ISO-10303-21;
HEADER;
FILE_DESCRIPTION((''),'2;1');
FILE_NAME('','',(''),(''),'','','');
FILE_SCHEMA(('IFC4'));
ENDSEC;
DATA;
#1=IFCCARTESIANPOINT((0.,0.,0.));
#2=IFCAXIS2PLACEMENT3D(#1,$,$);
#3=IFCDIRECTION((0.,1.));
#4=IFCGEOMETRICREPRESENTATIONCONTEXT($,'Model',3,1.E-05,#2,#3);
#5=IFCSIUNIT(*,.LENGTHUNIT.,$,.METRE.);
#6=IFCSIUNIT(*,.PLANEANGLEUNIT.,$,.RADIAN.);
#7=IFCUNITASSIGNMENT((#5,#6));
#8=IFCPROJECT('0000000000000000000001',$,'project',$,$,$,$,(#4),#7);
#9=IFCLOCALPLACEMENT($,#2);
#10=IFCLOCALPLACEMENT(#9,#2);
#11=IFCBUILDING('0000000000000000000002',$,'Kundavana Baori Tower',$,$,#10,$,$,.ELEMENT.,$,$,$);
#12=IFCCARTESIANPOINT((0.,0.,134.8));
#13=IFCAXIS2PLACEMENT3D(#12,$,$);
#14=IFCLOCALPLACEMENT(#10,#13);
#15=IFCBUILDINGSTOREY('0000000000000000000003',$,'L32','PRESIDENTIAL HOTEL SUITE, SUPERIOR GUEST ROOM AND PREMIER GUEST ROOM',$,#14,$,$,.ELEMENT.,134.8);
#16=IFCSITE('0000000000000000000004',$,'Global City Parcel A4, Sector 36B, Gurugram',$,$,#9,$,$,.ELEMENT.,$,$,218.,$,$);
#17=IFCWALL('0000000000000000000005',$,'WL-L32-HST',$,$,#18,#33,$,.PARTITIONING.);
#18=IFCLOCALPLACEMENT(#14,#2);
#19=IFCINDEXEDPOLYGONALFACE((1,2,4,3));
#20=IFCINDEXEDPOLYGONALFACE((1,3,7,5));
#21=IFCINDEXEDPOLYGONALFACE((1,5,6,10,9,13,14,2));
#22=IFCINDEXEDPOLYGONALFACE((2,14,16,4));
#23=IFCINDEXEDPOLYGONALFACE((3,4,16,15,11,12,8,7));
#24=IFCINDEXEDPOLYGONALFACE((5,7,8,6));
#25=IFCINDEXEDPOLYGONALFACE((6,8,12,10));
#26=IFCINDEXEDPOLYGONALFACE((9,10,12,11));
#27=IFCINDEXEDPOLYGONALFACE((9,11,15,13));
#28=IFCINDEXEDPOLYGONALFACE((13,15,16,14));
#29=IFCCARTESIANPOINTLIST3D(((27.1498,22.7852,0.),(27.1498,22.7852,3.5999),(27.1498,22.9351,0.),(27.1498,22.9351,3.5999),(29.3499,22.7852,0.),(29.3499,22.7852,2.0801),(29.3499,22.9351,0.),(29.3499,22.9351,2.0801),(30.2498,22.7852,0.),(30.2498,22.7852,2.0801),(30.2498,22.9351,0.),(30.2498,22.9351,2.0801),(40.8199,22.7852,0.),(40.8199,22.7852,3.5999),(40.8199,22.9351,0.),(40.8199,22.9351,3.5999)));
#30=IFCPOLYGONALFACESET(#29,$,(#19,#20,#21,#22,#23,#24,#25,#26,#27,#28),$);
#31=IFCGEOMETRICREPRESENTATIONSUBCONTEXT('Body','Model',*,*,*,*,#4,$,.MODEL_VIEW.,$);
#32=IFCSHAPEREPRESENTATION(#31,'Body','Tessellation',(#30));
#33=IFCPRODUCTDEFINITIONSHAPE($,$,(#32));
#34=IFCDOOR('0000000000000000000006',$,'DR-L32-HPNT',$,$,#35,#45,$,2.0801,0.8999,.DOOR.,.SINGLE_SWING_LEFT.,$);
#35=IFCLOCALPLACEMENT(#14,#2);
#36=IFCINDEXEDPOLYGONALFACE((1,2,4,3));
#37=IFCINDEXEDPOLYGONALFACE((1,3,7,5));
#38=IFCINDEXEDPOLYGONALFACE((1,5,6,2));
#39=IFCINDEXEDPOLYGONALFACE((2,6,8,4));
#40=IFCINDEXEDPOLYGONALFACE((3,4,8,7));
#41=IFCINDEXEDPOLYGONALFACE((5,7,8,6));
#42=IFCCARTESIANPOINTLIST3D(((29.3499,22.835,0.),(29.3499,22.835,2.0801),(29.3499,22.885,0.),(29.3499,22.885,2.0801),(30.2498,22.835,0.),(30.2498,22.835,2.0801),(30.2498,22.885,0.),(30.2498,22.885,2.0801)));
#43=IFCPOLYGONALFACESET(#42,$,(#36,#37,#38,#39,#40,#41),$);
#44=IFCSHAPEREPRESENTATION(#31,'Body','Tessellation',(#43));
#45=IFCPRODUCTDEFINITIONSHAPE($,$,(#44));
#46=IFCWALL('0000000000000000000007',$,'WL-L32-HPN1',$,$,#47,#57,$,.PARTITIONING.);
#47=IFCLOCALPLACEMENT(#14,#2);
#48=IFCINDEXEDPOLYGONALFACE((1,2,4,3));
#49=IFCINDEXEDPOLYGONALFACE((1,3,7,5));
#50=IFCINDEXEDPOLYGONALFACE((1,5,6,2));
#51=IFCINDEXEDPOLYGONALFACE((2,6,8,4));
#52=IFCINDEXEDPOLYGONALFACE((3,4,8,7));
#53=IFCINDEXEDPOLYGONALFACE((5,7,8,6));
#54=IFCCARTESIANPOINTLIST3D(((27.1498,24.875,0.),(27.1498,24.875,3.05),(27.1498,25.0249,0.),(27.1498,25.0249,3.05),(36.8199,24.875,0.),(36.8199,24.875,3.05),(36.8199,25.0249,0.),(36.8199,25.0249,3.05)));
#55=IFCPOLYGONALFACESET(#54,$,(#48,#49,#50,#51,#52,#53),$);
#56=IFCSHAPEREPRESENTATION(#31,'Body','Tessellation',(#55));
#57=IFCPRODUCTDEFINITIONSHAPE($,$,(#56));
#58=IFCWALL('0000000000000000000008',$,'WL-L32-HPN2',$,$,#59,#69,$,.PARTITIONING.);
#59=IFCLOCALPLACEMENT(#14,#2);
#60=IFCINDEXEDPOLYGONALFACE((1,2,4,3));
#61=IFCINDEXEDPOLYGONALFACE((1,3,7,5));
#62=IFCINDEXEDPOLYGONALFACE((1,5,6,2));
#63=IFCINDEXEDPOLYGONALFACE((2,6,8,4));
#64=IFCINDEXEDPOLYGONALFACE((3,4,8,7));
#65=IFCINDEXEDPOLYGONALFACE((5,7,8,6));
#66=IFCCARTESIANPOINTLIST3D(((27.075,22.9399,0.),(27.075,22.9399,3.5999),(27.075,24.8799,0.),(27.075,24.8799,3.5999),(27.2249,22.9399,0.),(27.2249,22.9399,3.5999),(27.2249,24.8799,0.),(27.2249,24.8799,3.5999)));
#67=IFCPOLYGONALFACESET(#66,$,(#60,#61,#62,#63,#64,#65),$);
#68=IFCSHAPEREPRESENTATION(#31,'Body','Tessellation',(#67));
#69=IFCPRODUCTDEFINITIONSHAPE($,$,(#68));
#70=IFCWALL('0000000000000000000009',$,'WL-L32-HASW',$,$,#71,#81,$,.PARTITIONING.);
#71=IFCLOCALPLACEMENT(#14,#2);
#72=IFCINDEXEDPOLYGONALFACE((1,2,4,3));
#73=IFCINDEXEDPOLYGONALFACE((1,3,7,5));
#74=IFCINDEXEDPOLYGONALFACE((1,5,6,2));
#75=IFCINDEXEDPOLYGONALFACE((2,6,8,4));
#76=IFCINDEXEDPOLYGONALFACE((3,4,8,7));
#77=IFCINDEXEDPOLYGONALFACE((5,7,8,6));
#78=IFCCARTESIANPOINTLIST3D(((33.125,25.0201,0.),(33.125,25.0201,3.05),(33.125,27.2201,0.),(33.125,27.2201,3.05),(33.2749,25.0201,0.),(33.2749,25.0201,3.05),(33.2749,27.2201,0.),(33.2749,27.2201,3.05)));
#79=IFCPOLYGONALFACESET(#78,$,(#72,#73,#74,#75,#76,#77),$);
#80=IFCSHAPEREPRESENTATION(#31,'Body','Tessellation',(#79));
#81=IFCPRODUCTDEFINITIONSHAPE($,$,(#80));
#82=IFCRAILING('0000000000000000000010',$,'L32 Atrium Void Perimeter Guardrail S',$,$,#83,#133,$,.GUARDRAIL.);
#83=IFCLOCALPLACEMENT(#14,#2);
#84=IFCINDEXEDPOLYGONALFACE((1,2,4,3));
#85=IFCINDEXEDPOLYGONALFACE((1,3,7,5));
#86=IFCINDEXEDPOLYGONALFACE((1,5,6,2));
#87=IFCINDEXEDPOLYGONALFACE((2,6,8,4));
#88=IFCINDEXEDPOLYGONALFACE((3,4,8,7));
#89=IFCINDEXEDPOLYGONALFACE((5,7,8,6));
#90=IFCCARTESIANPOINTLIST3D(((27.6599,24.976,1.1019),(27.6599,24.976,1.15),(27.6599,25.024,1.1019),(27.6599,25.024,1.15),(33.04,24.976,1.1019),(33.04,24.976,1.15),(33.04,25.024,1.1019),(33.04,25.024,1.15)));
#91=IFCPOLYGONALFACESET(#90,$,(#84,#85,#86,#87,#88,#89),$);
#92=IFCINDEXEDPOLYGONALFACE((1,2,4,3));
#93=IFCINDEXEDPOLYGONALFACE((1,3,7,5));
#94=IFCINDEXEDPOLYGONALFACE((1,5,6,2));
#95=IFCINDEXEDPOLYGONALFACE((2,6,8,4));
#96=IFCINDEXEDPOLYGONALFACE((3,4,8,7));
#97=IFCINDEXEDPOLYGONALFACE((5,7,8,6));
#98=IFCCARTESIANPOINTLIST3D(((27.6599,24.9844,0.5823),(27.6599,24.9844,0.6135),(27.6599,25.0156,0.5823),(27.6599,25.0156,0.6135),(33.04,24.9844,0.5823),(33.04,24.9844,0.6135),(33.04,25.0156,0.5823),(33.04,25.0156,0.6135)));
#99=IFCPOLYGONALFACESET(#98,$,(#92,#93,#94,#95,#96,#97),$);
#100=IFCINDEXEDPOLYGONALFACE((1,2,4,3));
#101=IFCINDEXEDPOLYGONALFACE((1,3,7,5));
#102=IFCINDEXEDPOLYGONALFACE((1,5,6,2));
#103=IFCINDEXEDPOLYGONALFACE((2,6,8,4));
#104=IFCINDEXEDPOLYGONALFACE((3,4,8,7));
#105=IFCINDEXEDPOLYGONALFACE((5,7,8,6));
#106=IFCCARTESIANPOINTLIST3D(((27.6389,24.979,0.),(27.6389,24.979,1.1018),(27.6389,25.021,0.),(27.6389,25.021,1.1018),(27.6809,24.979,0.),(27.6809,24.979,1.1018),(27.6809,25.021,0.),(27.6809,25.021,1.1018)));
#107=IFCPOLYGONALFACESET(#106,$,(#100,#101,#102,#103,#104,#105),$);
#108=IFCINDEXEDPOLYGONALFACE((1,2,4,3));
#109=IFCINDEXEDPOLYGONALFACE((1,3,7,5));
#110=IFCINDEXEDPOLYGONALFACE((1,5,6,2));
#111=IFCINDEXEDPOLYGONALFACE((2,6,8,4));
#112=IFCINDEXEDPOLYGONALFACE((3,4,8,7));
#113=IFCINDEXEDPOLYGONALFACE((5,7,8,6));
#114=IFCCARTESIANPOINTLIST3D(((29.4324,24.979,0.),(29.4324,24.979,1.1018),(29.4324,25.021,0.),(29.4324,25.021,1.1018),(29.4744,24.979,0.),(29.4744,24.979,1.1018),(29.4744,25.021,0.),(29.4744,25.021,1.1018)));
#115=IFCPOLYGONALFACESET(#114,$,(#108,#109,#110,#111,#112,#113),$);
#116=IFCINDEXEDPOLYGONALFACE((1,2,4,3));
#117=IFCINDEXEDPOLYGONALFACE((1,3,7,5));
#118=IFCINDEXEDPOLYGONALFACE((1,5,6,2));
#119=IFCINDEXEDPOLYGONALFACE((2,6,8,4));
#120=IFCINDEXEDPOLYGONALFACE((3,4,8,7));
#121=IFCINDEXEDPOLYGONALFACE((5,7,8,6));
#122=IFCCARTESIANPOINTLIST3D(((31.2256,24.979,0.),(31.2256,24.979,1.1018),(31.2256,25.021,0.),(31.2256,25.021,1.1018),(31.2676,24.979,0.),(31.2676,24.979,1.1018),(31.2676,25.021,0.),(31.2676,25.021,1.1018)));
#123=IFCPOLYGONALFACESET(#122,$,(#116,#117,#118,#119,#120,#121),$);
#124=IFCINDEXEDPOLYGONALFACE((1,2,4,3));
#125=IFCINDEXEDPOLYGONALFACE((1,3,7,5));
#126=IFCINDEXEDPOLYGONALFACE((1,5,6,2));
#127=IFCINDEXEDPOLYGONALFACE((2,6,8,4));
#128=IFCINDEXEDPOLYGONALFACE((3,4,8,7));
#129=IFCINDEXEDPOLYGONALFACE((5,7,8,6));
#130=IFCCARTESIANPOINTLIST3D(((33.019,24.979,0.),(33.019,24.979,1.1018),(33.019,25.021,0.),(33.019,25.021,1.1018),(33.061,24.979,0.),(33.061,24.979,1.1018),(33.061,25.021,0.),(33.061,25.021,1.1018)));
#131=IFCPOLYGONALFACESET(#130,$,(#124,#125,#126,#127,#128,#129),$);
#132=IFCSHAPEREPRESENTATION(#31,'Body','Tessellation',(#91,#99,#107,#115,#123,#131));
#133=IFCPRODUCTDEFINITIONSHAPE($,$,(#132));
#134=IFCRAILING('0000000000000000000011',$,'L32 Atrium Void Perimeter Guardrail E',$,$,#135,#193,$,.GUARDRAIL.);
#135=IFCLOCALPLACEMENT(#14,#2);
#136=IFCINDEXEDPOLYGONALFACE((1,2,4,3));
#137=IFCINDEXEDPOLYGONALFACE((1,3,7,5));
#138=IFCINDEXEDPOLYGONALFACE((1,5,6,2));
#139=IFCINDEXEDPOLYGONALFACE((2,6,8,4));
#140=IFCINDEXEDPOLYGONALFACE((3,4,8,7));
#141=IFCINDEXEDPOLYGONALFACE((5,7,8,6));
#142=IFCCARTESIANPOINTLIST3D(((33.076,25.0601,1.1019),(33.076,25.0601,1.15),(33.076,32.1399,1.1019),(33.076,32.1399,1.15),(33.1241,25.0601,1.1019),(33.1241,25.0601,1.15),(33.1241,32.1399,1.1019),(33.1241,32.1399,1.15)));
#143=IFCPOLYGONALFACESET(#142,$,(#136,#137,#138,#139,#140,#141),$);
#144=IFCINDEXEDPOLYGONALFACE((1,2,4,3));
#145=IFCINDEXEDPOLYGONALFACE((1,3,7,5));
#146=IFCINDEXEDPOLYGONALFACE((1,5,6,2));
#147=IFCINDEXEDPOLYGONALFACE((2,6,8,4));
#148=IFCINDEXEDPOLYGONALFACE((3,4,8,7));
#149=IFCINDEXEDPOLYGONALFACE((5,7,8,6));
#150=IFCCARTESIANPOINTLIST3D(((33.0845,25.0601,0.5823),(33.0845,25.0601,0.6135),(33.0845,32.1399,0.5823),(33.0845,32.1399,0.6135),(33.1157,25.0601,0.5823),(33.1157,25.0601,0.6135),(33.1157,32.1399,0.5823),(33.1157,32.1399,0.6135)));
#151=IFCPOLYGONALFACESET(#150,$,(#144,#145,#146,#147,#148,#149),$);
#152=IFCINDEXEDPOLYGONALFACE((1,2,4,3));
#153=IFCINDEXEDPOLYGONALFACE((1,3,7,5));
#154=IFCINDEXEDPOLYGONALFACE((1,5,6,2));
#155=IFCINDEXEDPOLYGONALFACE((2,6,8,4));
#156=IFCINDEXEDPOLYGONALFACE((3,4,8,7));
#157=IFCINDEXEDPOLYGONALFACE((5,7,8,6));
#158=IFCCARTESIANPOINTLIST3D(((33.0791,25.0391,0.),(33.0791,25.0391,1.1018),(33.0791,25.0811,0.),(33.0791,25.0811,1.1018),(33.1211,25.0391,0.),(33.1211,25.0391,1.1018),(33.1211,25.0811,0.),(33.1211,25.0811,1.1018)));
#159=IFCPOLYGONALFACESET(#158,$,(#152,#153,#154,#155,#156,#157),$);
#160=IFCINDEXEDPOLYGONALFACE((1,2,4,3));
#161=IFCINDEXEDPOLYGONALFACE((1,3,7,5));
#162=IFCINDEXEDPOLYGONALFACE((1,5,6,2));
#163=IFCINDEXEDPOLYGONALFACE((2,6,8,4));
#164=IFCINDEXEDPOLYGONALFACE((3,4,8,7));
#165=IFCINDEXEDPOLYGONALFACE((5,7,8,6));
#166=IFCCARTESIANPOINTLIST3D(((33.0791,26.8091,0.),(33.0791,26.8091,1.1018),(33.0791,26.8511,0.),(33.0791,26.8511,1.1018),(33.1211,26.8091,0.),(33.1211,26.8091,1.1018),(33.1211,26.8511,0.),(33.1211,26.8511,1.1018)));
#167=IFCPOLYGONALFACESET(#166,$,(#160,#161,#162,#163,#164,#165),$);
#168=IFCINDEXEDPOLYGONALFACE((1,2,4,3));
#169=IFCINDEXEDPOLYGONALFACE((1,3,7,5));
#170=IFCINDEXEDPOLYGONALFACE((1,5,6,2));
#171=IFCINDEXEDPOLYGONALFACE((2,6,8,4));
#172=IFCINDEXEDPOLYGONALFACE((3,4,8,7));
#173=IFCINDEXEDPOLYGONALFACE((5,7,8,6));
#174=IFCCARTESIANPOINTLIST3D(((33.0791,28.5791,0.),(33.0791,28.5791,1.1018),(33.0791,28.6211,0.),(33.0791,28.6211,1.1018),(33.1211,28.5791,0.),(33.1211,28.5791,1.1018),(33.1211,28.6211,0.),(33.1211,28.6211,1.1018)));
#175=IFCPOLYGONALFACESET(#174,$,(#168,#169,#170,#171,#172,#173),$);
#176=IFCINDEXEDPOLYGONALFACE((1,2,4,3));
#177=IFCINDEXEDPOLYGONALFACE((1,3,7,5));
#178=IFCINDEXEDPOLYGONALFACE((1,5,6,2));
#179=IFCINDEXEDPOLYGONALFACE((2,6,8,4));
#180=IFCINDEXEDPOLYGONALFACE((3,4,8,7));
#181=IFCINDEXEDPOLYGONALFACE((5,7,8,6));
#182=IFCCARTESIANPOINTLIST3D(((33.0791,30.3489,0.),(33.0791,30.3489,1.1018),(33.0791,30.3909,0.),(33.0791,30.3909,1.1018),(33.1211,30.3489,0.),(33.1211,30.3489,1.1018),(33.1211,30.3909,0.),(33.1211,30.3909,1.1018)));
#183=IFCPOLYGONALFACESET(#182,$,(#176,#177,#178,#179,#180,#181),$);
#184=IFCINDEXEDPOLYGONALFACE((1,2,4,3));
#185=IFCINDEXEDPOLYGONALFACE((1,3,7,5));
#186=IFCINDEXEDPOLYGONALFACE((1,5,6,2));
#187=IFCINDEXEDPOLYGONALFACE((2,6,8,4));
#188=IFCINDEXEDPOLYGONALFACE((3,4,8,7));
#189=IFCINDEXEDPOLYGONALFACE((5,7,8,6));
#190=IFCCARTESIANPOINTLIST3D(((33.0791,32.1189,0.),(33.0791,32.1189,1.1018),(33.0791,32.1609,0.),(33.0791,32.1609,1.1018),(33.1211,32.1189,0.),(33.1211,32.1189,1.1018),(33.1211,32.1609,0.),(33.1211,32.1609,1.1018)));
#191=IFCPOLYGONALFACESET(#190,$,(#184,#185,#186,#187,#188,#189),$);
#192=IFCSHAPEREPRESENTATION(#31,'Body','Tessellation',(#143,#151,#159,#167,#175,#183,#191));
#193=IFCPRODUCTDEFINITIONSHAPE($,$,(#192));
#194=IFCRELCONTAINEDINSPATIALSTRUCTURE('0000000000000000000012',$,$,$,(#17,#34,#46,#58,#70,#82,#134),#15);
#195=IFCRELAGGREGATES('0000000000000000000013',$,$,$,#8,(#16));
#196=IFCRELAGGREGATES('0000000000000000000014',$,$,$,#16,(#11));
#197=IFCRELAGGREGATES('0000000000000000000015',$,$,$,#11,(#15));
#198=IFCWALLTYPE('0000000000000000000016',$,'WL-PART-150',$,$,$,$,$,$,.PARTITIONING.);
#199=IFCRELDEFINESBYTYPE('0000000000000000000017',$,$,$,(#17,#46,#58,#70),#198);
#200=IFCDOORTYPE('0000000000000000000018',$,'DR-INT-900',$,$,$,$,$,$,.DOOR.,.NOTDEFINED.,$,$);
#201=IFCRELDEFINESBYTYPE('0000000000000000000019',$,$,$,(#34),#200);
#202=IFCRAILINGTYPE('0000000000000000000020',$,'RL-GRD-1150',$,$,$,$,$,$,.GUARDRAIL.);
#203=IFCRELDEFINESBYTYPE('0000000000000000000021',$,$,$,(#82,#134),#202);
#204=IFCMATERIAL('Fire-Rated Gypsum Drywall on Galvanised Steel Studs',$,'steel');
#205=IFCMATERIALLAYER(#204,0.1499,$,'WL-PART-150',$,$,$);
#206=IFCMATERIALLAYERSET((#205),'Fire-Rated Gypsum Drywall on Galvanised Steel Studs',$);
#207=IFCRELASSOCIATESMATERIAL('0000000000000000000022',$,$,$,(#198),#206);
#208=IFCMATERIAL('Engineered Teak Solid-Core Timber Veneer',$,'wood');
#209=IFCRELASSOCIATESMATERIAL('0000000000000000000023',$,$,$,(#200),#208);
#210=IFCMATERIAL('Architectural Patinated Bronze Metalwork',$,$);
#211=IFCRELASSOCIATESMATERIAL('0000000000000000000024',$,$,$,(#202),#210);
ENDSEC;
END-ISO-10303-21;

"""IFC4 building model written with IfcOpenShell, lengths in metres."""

from ifc_helpers import new_model, si_unit, direction, frame, frame_2d, origin, origin_2d, place, context, subcontext, project, spatial, rectangle, extrude, material, layer, layer_set, type_object, element, fill, save


model = new_model("IFC4")

# Units and contexts
model_context = context("Model", 3, precision=1e-05, world=origin(), true_north=direction((0.0, 1.0)))
body_context = subcontext(model_context, "Body", "Model", "MODEL_VIEW")
ifc_project = project(units=[si_unit("LENGTHUNIT", "METRE"), si_unit("PLANEANGLEUNIT", "RADIAN")], contexts=[model_context])

# Site, building, storey
site_placement = place(None, origin())
site = spatial("IfcSite", under=ifc_project, at=site_placement, Name="Global City Parcel A4, Sector 36B, Gurugram", CompositionType="ELEMENT", RefElevation=218.0)
building_placement = place(site_placement, origin())
building = spatial("IfcBuilding", under=site, at=building_placement, Name="Kundavana Baori Tower", CompositionType="ELEMENT")
storey_placement = place(building_placement, frame((0.0, 0.0, 134.8)))
storey = spatial("IfcBuildingStorey", under=building, at=storey_placement, Name="L32", Description="PRESIDENTIAL HOTEL SUITE, SUPERIOR GUEST ROOM AND PREMIER GUEST ROOM", CompositionType="ELEMENT", Elevation=134.8)

# Shared definitions
ifc_material_1 = material(Name="Fire-Rated Gypsum Drywall on Galvanised Steel Studs", Category="steel")
ifc_layer = layer(ifc_material_1, 0.1499, Name="WL-PART-150")
ifc_layer_set = layer_set([ifc_layer], Name="Fire-Rated Gypsum Drywall on Galvanised Steel Studs")
wall_type = type_object("IfcWallType", Name="WL-PART-150", PredefinedType="PARTITIONING", material=ifc_layer_set)

# Wall, opening, door
wall_1_placement = place(storey_placement, frame((27.1499, 22.8601, 0.0), z_axis=(0.0, 0.0, 1.0), x_axis=(1.0, 0.0, 0.0)))
wall_1 = element("IfcWall", 1, at=wall_1_placement, inside=storey, type_object=wall_type, Name="WL-L32-HST", PredefinedType="PARTITIONING", context=body_context, shape_type="SweptSolid", body=[
    extrude(rectangle(XDim=13.6702, YDim=0.1499, at=frame_2d((6.835, 0.0))), origin(), (0.0, 0.0, 1.0), 3.5999),
])
opening_1_placement = place(wall_1_placement, frame((2.2, 0.0, 0.0)))
opening_1 = element("IfcOpeningElement", 2, at=opening_1_placement, cuts=wall_1, PredefinedType="OPENING", context=body_context, shape_type="SweptSolid", body=[
    extrude(rectangle(XDim=0.8999, YDim=2.0801, at=frame_2d((0.45, 1.04))), frame((0.0, 0.085, 0.0), z_axis=(0.0, -1.0, 0.0), x_axis=(1.0, 0.0, 0.0)), (0.0, 0.0, 1.0), 0.1699),
])
ifc_material_2 = material(Name="Engineered Teak Solid-Core Timber Veneer", Category="wood")
door_type_1 = type_object("IfcDoorType", Name="DR-INT-900", OperationType="NOTDEFINED", PredefinedType="DOOR", material=ifc_material_2)
door_1_placement = place(opening_1_placement, origin())
door_1 = element("IfcDoor", 3, at=door_1_placement, inside=storey, type_object=door_type_1, Name="DR-L32-HPNT", OperationType="SINGLE_SWING_LEFT", OverallHeight=2.0801, OverallWidth=0.8999, PredefinedType="DOOR", context=body_context, shape_type="SweptSolid", body=[
    extrude(rectangle(XDim=0.8999, YDim=2.0801, at=frame_2d((0.45, 1.04))), frame((0.0, 0.0249, 0.0), z_axis=(0.0, -1.0, 0.0), x_axis=(1.0, 0.0, 0.0)), (0.0, 0.0, 1.0), 0.05),
])
fill(opening_1, door_1)

# Walls
wall_2_placement = place(storey_placement, frame((27.1499, 24.95, 0.0), z_axis=(0.0, 0.0, 1.0), x_axis=(1.0, 0.0, 0.0)))
element("IfcWall", 4, at=wall_2_placement, inside=storey, type_object=wall_type, Name="WL-L32-HPN1", PredefinedType="PARTITIONING", context=body_context, shape_type="SweptSolid", body=[
    extrude(rectangle(XDim=9.6702, YDim=0.1499, at=frame_2d((4.835, 0.0))), origin(), (0.0, 0.0, 1.0), 3.05),
])
wall_3_placement = place(storey_placement, frame((27.1499, 22.9399, 0.0), z_axis=(0.0, 0.0, 1.0), x_axis=(0.0, 1.0, 0.0)))
element("IfcWall", 5, at=wall_3_placement, inside=storey, type_object=wall_type, Name="WL-L32-HPN2", PredefinedType="PARTITIONING", context=body_context, shape_type="SweptSolid", body=[
    extrude(rectangle(XDim=1.9399, YDim=0.1499, at=frame_2d((0.97, 0.0))), origin(), (0.0, 0.0, 1.0), 3.5999),
])
wall_4_placement = place(storey_placement, frame((33.2, 25.02, 0.0), z_axis=(0.0, 0.0, 1.0), x_axis=(0.0, 1.0, 0.0)))
element("IfcWall", 6, at=wall_4_placement, inside=storey, type_object=wall_type, Name="WL-L32-HASW", PredefinedType="PARTITIONING", context=body_context, shape_type="SweptSolid", body=[
    extrude(rectangle(XDim=2.2, YDim=0.1499, at=frame_2d((1.1001, 0.0))), origin(), (0.0, 0.0, 1.0), 3.05),
])

# Railings
ifc_material_3 = material(Name="Architectural Patinated Bronze Metalwork")
railing_type = type_object("IfcRailingType", Name="RL-GRD-1150", PredefinedType="GUARDRAIL", material=ifc_material_3)
railing_1_placement = place(storey_placement, frame((27.6599, 25.0, 0.0)))
element("IfcRailing", 7, at=railing_1_placement, inside=storey, type_object=railing_type, Name="L32 Atrium Void Perimeter Guardrail S", PredefinedType="GUARDRAIL", context=body_context, shape_type="SweptSolid", body=[
    extrude(rectangle(XDim=0.0481, YDim=0.0481, at=origin_2d()), frame((0.0, 0.0, 1.126), z_axis=(1.0, 0.0, 0.0), x_axis=(0.0, 1.0, 0.0)), (0.0, 0.0, 1.0), 5.3801),
    extrude(rectangle(XDim=0.0312, YDim=0.0312, at=origin_2d()), frame((0.0, 0.0, 0.5979), z_axis=(1.0, 0.0, 0.0), x_axis=(0.0, 1.0, 0.0)), (0.0, 0.0, 1.0), 5.3801),
    extrude(rectangle(XDim=0.042, YDim=0.042, at=origin_2d()), origin(), (0.0, 0.0, 1.0), 1.1018),
    extrude(rectangle(XDim=0.042, YDim=0.042, at=origin_2d()), frame((1.7935, 0.0, 0.0)), (0.0, 0.0, 1.0), 1.1018),
    extrude(rectangle(XDim=0.042, YDim=0.042, at=origin_2d()), frame((3.5867, 0.0, 0.0)), (0.0, 0.0, 1.0), 1.1018),
    extrude(rectangle(XDim=0.042, YDim=0.042, at=origin_2d()), frame((5.3801, 0.0, 0.0)), (0.0, 0.0, 1.0), 1.1018),
])
railing_2_placement = place(storey_placement, frame((33.1001, 25.0601, 0.0)))
element("IfcRailing", 8, at=railing_2_placement, inside=storey, type_object=railing_type, Name="L32 Atrium Void Perimeter Guardrail E", PredefinedType="GUARDRAIL", context=body_context, shape_type="SweptSolid", body=[
    extrude(rectangle(XDim=0.0481, YDim=0.0481, at=origin_2d()), frame((0.0, 0.0, 1.126), z_axis=(0.0, 1.0, 0.0), x_axis=(-1.0, 0.0, 0.0)), (0.0, 0.0, 1.0), 7.0798),
    extrude(rectangle(XDim=0.0312, YDim=0.0312, at=origin_2d()), frame((0.0, 0.0, 0.5979), z_axis=(0.0, 1.0, 0.0), x_axis=(-1.0, 0.0, 0.0)), (0.0, 0.0, 1.0), 7.0798),
    extrude(rectangle(XDim=0.042, YDim=0.042, at=origin_2d()), origin(), (0.0, 0.0, 1.0), 1.1018),
    extrude(rectangle(XDim=0.042, YDim=0.042, at=origin_2d()), frame((0.0, 1.77, 0.0)), (0.0, 0.0, 1.0), 1.1018),
    extrude(rectangle(XDim=0.042, YDim=0.042, at=origin_2d()), frame((0.0, 3.54, 0.0)), (0.0, 0.0, 1.0), 1.1018),
    extrude(rectangle(XDim=0.042, YDim=0.042, at=origin_2d()), frame((0.0, 5.3098, 0.0)), (0.0, 0.0, 1.0), 1.1018),
    extrude(rectangle(XDim=0.042, YDim=0.042, at=origin_2d()), frame((0.0, 7.0798, 0.0)), (0.0, 0.0, 1.0), 1.1018),
])

save(model, "model.ifc")
